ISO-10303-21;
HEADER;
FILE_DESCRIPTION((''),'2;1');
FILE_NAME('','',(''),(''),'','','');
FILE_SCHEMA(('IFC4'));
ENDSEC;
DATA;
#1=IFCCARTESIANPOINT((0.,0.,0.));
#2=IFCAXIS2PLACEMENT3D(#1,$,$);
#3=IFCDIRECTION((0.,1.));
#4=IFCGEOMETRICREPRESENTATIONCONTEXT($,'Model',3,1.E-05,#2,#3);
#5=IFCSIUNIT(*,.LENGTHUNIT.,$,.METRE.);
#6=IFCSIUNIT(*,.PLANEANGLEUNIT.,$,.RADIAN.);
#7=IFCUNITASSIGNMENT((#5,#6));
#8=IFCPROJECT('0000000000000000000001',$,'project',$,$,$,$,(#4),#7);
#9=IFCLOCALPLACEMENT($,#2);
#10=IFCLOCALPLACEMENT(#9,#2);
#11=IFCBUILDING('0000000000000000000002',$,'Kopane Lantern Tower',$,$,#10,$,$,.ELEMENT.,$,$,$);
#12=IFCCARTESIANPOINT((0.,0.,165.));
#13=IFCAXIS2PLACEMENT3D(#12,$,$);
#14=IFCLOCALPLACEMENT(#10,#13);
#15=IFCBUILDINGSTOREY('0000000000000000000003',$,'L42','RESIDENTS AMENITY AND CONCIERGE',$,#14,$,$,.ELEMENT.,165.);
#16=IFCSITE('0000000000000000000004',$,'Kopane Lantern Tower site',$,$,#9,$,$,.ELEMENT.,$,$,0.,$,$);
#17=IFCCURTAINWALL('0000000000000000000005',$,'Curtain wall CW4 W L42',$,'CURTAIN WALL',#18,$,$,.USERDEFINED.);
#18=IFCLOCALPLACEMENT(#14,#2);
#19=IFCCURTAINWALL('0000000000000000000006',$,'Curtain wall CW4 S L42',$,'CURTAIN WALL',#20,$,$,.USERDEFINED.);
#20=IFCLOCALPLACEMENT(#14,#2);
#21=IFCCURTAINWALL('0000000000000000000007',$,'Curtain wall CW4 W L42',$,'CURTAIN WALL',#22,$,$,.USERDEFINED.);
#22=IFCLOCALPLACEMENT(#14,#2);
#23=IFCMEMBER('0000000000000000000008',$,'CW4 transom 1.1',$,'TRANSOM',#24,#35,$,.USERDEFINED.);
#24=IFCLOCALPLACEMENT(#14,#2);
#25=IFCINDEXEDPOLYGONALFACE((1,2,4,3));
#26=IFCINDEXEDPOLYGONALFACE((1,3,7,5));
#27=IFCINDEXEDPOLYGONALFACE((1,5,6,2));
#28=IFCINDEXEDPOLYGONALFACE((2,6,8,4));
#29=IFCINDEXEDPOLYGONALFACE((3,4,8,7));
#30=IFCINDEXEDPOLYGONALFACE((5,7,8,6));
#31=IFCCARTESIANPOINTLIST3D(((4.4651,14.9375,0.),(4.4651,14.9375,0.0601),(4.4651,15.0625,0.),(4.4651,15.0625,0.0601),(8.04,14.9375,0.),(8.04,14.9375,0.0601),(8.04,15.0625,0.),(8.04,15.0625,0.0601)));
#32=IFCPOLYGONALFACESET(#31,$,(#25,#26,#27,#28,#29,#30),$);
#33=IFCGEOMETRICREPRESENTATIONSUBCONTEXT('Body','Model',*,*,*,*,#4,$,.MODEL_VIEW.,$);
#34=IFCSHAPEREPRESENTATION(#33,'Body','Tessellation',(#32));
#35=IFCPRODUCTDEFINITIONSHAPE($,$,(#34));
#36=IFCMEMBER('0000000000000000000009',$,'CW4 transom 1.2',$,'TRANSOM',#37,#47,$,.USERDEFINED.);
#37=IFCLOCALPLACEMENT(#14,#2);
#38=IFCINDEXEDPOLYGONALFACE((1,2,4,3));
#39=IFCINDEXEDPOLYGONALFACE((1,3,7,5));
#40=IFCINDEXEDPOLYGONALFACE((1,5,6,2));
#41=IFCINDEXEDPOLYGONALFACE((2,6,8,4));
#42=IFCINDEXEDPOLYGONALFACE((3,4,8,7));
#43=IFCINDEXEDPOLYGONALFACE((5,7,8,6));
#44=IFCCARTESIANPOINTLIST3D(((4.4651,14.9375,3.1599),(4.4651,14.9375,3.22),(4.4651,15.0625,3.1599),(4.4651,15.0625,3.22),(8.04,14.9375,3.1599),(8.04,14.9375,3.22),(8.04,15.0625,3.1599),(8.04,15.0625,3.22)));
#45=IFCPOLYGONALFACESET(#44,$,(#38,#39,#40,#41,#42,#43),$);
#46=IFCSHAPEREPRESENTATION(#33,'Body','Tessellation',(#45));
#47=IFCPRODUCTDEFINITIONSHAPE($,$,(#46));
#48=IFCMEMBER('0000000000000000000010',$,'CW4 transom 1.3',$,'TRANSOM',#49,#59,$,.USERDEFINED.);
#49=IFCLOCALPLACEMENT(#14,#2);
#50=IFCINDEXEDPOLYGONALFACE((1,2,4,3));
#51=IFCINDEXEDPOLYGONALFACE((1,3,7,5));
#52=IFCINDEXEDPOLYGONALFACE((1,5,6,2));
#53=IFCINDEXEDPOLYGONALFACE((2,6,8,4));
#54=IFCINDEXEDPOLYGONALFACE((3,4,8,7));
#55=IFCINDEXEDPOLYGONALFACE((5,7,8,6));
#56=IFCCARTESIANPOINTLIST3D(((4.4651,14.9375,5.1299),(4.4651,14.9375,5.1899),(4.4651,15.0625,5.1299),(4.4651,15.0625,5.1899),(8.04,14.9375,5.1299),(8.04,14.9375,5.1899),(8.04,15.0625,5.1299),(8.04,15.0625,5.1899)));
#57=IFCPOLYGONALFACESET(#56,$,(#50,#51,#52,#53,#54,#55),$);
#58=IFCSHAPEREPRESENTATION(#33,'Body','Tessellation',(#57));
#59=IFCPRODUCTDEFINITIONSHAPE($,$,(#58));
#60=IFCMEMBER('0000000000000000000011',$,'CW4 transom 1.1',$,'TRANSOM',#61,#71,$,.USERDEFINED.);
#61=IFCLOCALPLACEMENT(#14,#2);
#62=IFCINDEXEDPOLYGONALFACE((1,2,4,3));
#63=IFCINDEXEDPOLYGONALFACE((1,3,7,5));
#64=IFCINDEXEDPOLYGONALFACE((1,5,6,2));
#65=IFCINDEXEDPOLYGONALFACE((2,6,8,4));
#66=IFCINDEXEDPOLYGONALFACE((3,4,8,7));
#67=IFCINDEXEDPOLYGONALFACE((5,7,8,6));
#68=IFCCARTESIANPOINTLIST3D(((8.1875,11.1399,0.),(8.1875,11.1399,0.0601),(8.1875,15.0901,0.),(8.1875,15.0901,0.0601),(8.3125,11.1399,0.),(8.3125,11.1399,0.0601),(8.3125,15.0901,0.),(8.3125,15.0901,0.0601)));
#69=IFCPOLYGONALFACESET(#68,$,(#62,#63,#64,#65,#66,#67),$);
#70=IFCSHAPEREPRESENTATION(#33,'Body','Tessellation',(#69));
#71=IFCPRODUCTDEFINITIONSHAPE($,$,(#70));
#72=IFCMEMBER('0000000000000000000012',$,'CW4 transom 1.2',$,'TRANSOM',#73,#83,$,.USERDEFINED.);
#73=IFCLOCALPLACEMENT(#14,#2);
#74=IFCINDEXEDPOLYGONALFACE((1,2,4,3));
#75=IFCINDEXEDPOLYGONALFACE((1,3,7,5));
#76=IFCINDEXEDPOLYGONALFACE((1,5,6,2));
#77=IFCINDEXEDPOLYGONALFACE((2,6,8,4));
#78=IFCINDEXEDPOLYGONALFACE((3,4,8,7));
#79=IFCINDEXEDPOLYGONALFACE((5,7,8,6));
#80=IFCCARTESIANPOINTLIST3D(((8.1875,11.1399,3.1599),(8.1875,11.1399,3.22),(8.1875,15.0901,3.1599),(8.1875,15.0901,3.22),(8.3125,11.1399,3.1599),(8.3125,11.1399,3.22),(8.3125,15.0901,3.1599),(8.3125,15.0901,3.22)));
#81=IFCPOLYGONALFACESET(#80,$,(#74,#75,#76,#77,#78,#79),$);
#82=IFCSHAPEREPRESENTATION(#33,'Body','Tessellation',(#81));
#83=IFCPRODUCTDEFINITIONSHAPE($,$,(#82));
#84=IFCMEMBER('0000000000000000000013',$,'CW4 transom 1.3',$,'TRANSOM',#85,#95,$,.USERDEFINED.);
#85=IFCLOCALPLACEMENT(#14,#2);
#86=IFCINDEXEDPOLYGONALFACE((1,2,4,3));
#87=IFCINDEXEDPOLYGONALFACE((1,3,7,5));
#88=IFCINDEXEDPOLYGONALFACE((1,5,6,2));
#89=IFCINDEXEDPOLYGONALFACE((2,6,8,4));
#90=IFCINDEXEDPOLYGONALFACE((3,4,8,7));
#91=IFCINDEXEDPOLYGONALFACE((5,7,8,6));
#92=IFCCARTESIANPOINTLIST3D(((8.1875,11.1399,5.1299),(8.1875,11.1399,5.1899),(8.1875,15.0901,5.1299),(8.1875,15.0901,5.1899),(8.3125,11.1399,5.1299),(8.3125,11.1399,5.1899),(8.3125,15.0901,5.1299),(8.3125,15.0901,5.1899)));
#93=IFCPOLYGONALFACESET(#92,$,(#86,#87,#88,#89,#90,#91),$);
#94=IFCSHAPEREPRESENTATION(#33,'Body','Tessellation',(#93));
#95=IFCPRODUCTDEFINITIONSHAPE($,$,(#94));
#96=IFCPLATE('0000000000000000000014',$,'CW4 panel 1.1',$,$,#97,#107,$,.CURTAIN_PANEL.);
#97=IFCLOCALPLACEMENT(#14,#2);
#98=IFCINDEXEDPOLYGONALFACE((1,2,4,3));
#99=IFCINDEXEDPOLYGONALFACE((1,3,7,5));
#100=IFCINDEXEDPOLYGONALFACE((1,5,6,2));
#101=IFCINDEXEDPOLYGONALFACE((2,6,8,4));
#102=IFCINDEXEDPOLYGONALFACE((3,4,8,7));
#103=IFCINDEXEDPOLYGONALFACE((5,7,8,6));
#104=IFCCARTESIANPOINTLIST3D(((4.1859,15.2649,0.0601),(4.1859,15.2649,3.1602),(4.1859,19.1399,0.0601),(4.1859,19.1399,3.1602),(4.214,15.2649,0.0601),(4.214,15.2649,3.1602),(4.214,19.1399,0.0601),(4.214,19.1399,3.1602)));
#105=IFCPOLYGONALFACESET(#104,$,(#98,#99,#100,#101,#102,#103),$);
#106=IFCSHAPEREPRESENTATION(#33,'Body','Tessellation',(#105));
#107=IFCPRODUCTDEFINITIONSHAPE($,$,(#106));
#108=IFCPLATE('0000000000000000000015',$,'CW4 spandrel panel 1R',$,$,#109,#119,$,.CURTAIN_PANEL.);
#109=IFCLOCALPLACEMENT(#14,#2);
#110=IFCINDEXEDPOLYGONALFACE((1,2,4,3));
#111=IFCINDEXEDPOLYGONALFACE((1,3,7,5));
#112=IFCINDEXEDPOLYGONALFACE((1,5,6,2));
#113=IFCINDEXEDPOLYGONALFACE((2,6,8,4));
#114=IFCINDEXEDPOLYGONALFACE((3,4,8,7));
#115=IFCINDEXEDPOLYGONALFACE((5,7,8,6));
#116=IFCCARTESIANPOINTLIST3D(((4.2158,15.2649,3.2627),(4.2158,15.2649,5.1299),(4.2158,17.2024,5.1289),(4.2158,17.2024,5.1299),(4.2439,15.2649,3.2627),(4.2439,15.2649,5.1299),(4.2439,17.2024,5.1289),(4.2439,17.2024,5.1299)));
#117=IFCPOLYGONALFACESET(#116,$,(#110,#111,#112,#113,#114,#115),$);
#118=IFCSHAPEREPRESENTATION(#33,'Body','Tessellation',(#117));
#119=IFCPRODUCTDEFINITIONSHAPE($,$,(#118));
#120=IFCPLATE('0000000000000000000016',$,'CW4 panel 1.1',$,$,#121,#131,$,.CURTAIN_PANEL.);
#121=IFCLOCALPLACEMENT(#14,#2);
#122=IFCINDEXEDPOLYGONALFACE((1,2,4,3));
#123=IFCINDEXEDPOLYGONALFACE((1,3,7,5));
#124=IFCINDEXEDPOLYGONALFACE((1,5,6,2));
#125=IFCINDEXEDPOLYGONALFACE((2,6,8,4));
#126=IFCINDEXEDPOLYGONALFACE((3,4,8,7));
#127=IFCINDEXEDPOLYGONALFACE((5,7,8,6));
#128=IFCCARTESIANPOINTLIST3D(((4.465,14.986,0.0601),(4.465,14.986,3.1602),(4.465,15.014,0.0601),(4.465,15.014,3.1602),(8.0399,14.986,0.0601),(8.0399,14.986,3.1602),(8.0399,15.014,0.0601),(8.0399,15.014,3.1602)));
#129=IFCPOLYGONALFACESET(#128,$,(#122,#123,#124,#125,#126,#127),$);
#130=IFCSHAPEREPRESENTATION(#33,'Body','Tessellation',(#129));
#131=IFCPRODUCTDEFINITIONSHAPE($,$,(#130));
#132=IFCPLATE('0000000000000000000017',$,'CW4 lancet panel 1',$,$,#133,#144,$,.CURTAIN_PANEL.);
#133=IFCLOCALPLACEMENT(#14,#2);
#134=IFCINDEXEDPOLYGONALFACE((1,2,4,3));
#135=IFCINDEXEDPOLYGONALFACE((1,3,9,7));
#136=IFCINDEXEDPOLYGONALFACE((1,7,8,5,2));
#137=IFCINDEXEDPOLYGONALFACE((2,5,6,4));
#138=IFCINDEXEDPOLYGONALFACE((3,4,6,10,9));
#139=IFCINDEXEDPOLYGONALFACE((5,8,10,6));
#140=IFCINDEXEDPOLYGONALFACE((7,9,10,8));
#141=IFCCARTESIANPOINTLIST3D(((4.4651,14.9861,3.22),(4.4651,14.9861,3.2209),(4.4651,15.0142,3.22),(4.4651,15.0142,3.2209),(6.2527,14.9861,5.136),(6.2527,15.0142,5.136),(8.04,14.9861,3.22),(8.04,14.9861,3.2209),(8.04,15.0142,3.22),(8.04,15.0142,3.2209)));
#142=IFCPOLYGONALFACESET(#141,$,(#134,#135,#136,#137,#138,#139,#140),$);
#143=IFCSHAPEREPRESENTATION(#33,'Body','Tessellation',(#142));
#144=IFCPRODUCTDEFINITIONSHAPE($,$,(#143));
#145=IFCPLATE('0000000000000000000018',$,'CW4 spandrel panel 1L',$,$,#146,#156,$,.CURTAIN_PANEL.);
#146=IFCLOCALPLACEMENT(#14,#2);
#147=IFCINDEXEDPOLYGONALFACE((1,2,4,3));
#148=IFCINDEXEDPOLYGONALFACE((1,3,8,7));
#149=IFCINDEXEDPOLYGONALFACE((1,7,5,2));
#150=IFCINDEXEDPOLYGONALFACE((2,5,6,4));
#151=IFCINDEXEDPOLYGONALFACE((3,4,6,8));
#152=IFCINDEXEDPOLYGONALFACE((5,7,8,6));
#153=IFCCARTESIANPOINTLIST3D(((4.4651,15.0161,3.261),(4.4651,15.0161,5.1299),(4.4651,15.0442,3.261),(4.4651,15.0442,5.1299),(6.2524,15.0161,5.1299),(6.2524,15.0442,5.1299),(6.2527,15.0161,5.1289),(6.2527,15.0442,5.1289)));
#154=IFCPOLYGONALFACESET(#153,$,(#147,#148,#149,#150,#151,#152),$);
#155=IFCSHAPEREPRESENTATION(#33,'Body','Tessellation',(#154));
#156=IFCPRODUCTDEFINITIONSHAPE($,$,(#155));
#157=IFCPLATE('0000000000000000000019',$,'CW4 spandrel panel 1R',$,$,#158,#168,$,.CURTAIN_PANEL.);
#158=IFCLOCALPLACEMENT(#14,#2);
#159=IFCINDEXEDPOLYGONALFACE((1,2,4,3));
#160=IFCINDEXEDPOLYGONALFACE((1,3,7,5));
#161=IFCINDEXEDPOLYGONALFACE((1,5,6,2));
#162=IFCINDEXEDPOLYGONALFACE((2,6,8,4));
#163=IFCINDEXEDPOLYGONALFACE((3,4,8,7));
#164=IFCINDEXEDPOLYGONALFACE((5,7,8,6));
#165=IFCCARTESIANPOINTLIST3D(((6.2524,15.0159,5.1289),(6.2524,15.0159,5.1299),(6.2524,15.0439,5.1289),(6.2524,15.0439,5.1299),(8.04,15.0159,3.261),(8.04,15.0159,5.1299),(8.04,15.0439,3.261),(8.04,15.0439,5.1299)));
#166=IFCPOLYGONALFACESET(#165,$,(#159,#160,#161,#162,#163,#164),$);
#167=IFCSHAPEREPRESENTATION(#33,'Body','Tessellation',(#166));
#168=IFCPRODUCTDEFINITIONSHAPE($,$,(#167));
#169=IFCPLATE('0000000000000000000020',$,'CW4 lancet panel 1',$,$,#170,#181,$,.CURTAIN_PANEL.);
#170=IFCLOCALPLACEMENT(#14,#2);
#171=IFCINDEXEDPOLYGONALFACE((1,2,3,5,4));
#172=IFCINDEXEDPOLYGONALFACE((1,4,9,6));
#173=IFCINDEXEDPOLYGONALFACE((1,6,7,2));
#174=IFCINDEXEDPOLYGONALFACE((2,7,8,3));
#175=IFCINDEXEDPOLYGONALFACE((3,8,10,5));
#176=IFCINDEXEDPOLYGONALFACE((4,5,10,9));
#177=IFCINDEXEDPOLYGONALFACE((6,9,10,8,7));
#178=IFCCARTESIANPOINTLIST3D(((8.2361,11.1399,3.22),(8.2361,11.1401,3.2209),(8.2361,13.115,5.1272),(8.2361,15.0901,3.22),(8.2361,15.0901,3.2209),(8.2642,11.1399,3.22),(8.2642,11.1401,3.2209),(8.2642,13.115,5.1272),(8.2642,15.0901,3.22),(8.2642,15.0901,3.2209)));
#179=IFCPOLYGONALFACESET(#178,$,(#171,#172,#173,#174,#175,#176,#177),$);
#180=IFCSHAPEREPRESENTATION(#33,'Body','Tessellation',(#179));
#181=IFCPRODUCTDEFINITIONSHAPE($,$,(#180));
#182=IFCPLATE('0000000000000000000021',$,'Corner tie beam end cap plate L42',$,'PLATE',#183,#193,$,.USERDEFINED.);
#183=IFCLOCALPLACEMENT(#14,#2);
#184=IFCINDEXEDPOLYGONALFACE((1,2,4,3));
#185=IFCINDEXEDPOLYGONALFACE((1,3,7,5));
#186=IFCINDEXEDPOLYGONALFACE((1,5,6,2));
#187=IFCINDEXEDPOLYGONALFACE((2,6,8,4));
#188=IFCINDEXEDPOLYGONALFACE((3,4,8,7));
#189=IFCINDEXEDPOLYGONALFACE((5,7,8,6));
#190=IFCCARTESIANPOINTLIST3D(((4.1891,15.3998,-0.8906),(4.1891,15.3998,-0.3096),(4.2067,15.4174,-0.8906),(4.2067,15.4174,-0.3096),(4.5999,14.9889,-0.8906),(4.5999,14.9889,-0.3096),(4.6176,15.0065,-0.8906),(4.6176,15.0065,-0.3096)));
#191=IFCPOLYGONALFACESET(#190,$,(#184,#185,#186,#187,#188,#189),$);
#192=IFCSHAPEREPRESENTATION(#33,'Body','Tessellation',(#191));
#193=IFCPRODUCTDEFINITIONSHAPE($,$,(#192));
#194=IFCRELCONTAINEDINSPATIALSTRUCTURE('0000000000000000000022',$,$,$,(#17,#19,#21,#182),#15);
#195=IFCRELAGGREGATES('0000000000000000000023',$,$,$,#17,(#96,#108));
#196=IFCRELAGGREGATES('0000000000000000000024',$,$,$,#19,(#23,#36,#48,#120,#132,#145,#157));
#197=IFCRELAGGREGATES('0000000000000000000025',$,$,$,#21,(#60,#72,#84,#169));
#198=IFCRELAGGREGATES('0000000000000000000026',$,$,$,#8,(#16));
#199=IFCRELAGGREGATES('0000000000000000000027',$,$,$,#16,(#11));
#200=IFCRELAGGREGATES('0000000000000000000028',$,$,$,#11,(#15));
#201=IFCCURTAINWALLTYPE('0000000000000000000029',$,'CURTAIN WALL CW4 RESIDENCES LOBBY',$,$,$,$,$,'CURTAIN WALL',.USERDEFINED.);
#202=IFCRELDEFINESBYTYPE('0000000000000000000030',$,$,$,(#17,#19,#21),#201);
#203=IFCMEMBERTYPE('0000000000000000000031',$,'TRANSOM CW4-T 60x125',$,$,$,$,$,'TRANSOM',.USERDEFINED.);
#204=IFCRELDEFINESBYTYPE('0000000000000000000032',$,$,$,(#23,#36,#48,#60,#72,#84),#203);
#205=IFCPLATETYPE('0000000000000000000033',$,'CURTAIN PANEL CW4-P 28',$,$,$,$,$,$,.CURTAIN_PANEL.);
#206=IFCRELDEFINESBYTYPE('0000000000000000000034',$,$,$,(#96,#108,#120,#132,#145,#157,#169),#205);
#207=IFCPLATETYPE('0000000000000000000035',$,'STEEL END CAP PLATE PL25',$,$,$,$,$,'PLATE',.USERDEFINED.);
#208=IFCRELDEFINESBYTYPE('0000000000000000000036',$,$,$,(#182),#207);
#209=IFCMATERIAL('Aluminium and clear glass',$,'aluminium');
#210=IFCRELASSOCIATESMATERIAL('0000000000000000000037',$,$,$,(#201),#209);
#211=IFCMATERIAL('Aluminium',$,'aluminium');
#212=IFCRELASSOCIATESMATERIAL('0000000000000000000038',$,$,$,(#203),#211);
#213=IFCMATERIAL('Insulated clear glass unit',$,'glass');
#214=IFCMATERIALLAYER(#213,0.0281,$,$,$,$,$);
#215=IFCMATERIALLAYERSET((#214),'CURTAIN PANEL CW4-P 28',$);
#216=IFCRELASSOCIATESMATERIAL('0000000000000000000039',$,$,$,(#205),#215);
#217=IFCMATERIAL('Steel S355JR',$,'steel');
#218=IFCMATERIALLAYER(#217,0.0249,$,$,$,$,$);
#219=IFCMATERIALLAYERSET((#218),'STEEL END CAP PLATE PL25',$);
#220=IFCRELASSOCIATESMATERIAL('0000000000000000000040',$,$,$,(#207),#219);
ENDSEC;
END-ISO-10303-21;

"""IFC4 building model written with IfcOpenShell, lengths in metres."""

from ifc_helpers import new_model, si_unit, direction, frame, origin, origin_2d, place, context, subcontext, project, spatial, polyline, rectangle, outline, extrude, material, layer, layer_set, material_profile, profile_set, type_object, element, aggregate, save


model = new_model("IFC4")

# Units and contexts
model_context = context("Model", 3, precision=1e-05, world=origin(), true_north=direction((0.0, 1.0)))
body_context = subcontext(model_context, "Body", "Model", "MODEL_VIEW")
ifc_project = project(units=[si_unit("LENGTHUNIT", "METRE"), si_unit("PLANEANGLEUNIT", "RADIAN")], contexts=[model_context])

# Site, building, storey
site_placement = place(None, origin())
site = spatial("IfcSite", under=ifc_project, at=site_placement, Name="Kopane Lantern Tower site", CompositionType="ELEMENT", RefElevation=0.0)
building_placement = place(site_placement, origin())
building = spatial("IfcBuilding", under=site, at=building_placement, Name="Kopane Lantern Tower", CompositionType="ELEMENT")
storey_placement = place(building_placement, frame((0.0, 0.0, 165.0)))
storey = spatial("IfcBuildingStorey", under=building, at=storey_placement, Name="L42", Description="RESIDENTS AMENITY AND CONCIERGE", CompositionType="ELEMENT", Elevation=165.0)

# Curtain walls
ifc_material_1 = material(Name="Aluminium and clear glass", Category="aluminium")
curtain_wall_type = type_object("IfcCurtainWallType", Name="CURTAIN WALL CW4 RESIDENCES LOBBY", ElementType="CURTAIN WALL", PredefinedType="USERDEFINED", material=ifc_material_1)
curtain_wall_1_placement = place(storey_placement, origin())
curtain_wall_1 = element("IfcCurtainWall", 1, at=curtain_wall_1_placement, inside=storey, type_object=curtain_wall_type, Name="Curtain wall CW4 W L42", ObjectType="CURTAIN WALL", PredefinedType="USERDEFINED")
curtain_wall_2_placement = place(storey_placement, origin())
curtain_wall_2 = element("IfcCurtainWall", 2, at=curtain_wall_2_placement, inside=storey, type_object=curtain_wall_type, Name="Curtain wall CW4 S L42", ObjectType="CURTAIN WALL", PredefinedType="USERDEFINED")

# Curtain wall
curtain_wall_3_placement = place(storey_placement, origin())
curtain_wall_3 = element("IfcCurtainWall", 3, at=curtain_wall_3_placement, inside=storey, type_object=curtain_wall_type, Name="Curtain wall CW4 W L42", ObjectType="CURTAIN WALL", PredefinedType="USERDEFINED")

# Members
ifc_material_2 = material(Name="Aluminium", Category="aluminium")
ifc_material_profile_1 = material_profile(ifc_material_2, rectangle(XDim=0.125, YDim=0.0601, at=origin_2d()), Name="AL 125x60")
ifc_profile_set_1 = profile_set([ifc_material_profile_1], Name="Aluminium")
member_type_1 = type_object("IfcMemberType", Name="TRANSOM CW4-T 60x125", ElementType="TRANSOM", PredefinedType="USERDEFINED", material=ifc_profile_set_1)
member_1_placement = place(storey_placement, frame((4.4651, 15.0, 0.03), z_axis=(1.0, 0.0, 0.0), x_axis=(0.0, 1.0, 0.0)))
member_1 = element("IfcMember", 4, at=member_1_placement, type_object=member_type_1, Name="CW4 transom 1.1", ObjectType="TRANSOM", PredefinedType="USERDEFINED", context=body_context, shape_type="SweptSolid", body=[
    extrude(rectangle(XDim=0.125, YDim=0.0601, at=origin_2d()), origin(), (0.0, 0.0, 1.0), 3.575),
])
member_2_placement = place(storey_placement, frame((4.4651, 15.0, 3.1899), z_axis=(1.0, 0.0, 0.0), x_axis=(0.0, 1.0, 0.0)))
member_2 = element("IfcMember", 5, at=member_2_placement, type_object=member_type_1, Name="CW4 transom 1.2", ObjectType="TRANSOM", PredefinedType="USERDEFINED", context=body_context, shape_type="SweptSolid", body=[
    extrude(rectangle(XDim=0.125, YDim=0.0601, at=origin_2d()), origin(), (0.0, 0.0, 1.0), 3.575),
])
member_3_placement = place(storey_placement, frame((4.4651, 15.0, 5.1599), z_axis=(1.0, 0.0, 0.0), x_axis=(0.0, 1.0, 0.0)))
member_3 = element("IfcMember", 6, at=member_3_placement, type_object=member_type_1, Name="CW4 transom 1.3", ObjectType="TRANSOM", PredefinedType="USERDEFINED", context=body_context, shape_type="SweptSolid", body=[
    extrude(rectangle(XDim=0.125, YDim=0.0601, at=origin_2d()), origin(), (0.0, 0.0, 1.0), 3.575),
])
member_4_placement = place(storey_placement, frame((8.25, 15.0901, 0.03), z_axis=(0.0, -1.0, 0.0), x_axis=(1.0, 0.0, 0.0)))
member_4 = element("IfcMember", 7, at=member_4_placement, type_object=member_type_1, Name="CW4 transom 1.1", ObjectType="TRANSOM", PredefinedType="USERDEFINED", context=body_context, shape_type="SweptSolid", body=[
    extrude(rectangle(XDim=0.125, YDim=0.0601, at=origin_2d()), origin(), (0.0, 0.0, 1.0), 3.9502),
])
member_5_placement = place(storey_placement, frame((8.25, 15.0901, 3.1899), z_axis=(0.0, -1.0, 0.0), x_axis=(1.0, 0.0, 0.0)))
member_5 = element("IfcMember", 8, at=member_5_placement, type_object=member_type_1, Name="CW4 transom 1.2", ObjectType="TRANSOM", PredefinedType="USERDEFINED", context=body_context, shape_type="SweptSolid", body=[
    extrude(rectangle(XDim=0.125, YDim=0.0601, at=origin_2d()), origin(), (0.0, 0.0, 1.0), 3.9502),
])
member_6_placement = place(storey_placement, frame((8.25, 15.0901, 5.1599), z_axis=(0.0, -1.0, 0.0), x_axis=(1.0, 0.0, 0.0)))
member_6 = element("IfcMember", 9, at=member_6_placement, type_object=member_type_1, Name="CW4 transom 1.3", ObjectType="TRANSOM", PredefinedType="USERDEFINED", context=body_context, shape_type="SweptSolid", body=[
    extrude(rectangle(XDim=0.125, YDim=0.0601, at=origin_2d()), origin(), (0.0, 0.0, 1.0), 3.9502),
])

# Plates
ifc_material_3 = material(Name="Insulated clear glass unit", Category="glass")
ifc_layer_1 = layer(ifc_material_3, 0.0281)
ifc_layer_set_1 = layer_set([ifc_layer_1], Name="CURTAIN PANEL CW4-P 28")
plate_type_1 = type_object("IfcPlateType", Name="CURTAIN PANEL CW4-P 28", PredefinedType="CURTAIN_PANEL", material=ifc_layer_set_1)
plate_1_placement = place(storey_placement, frame((4.2, 17.2024, 0.0601), z_axis=(0.0, 0.0, 1.0), x_axis=(0.0, -1.0, 0.0)))
plate_1 = element("IfcPlate", 10, at=plate_1_placement, type_object=plate_type_1, Name="CW4 panel 1.1", PredefinedType="CURTAIN_PANEL", context=body_context, shape_type="SweptSolid", body=[
    extrude(rectangle(XDim=3.875, YDim=0.0281, at=origin_2d()), origin(), (0.0, 0.0, 1.0), 3.1001),
])
plate_2_placement = place(storey_placement, frame((4.23, 15.2649, 5.1299), z_axis=(0.0, 0.0, 1.0), x_axis=(0.0, 1.0, 0.0)))
plate_2 = element("IfcPlate", 11, at=plate_2_placement, type_object=plate_type_1, Name="CW4 spandrel panel 1R", PredefinedType="CURTAIN_PANEL", context=body_context, shape_type="SweptSolid", body=[
    extrude(outline(polyline([(0.0, 0.0), (1.9375, 0.0), (1.9375, -0.001), (0.0, -1.8672), (0.0, 0.0)])), frame((0.0, 0.0142, 0.0), z_axis=(0.0, -1.0, 0.0), x_axis=(1.0, 0.0, 0.0)), (0.0, 0.0, 1.0), 0.0281),
])
aggregate(curtain_wall_1, [plate_1, plate_2])
plate_3_placement = place(storey_placement, frame((6.2524, 15.0, 0.0601), z_axis=(0.0, 0.0, 1.0), x_axis=(1.0, 0.0, 0.0)))
plate_3 = element("IfcPlate", 12, at=plate_3_placement, type_object=plate_type_1, Name="CW4 panel 1.1", PredefinedType="CURTAIN_PANEL", context=body_context, shape_type="SweptSolid", body=[
    extrude(rectangle(XDim=3.575, YDim=0.0281, at=origin_2d()), origin(), (0.0, 0.0, 1.0), 3.1001),
])
plate_4_placement = place(storey_placement, frame((4.4651, 15.0, 3.22), z_axis=(0.0, 0.0, 1.0), x_axis=(1.0, 0.0, 0.0)))
plate_4 = element("IfcPlate", 13, at=plate_4_placement, type_object=plate_type_1, Name="CW4 lancet panel 1", PredefinedType="CURTAIN_PANEL", context=body_context, shape_type="SweptSolid", body=[
    extrude(outline(polyline([(0.0, 0.0), (3.575, 0.0), (3.575, 0.001), (1.7876, 1.916), (0.0, 0.001), (0.0, 0.0)])), frame((0.0, 0.0142, 0.0), z_axis=(0.0, -1.0, 0.0), x_axis=(1.0, 0.0, 0.0)), (0.0, 0.0, 1.0), 0.0281),
])
plate_5_placement = place(storey_placement, frame((4.4651, 15.03, 5.1299), z_axis=(0.0, 0.0, 1.0), x_axis=(1.0, 0.0, 0.0)))
plate_5 = element("IfcPlate", 14, at=plate_5_placement, type_object=plate_type_1, Name="CW4 spandrel panel 1L", PredefinedType="CURTAIN_PANEL", context=body_context, shape_type="SweptSolid", body=[
    extrude(outline(polyline([(0.0, 0.0), (1.7874, 0.0), (1.7876, -0.001), (0.0, -1.8689), (0.0, 0.0)])), frame((0.0, 0.0142, 0.0), z_axis=(0.0, -1.0, 0.0), x_axis=(1.0, 0.0, 0.0)), (0.0, 0.0, 1.0), 0.0281),
])
plate_6_placement = place(storey_placement, frame((8.04, 15.03, 5.1299), z_axis=(0.0, 0.0, 1.0), x_axis=(-1.0, 0.0, 0.0)))
plate_6 = element("IfcPlate", 15, at=plate_6_placement, type_object=plate_type_1, Name="CW4 spandrel panel 1R", PredefinedType="CURTAIN_PANEL", context=body_context, shape_type="SweptSolid", body=[
    extrude(outline(polyline([(0.0, 0.0), (1.7876, 0.0), (1.7876, -0.001), (0.0, -1.8689), (0.0, 0.0)])), frame((0.0, 0.0142, 0.0), z_axis=(0.0, -1.0, 0.0), x_axis=(1.0, 0.0, 0.0)), (0.0, 0.0, 1.0), 0.0281),
])
aggregate(curtain_wall_2, [member_1, member_2, member_3, plate_3, plate_4, plate_5, plate_6])
plate_7_placement = place(storey_placement, frame((8.25, 15.0901, 3.22), z_axis=(0.0, 0.0, 1.0), x_axis=(0.0, -1.0, 0.0)))
plate_7 = element("IfcPlate", 16, at=plate_7_placement, type_object=plate_type_1, Name="CW4 lancet panel 1", PredefinedType="CURTAIN_PANEL", context=body_context, shape_type="SweptSolid", body=[
    extrude(outline(polyline([(0.0, 0.0), (3.9502, 0.0), (3.95, 0.001), (1.9751, 1.9072), (0.0, 0.001), (0.0, 0.0)])), frame((0.0, 0.0142, 0.0), z_axis=(0.0, -1.0, 0.0), x_axis=(1.0, 0.0, 0.0)), (0.0, 0.0, 1.0), 0.0281),
])
aggregate(curtain_wall_3, [member_4, member_5, member_6, plate_7])
ifc_material_4 = material(Name="Steel S355JR", Category="steel")
ifc_layer_2 = layer(ifc_material_4, 0.0249)
ifc_layer_set_2 = layer_set([ifc_layer_2], Name="STEEL END CAP PLATE PL25")
plate_type_2 = type_object("IfcPlateType", Name="STEEL END CAP PLATE PL25", ElementType="PLATE", PredefinedType="USERDEFINED", material=ifc_layer_set_2)
plate_8_placement = place(storey_placement, frame((4.4033, 15.2031, -0.8906), z_axis=(0.0, 0.0, 1.0), x_axis=(-0.707107, -0.707107, 0.0)))
element("IfcPlate", 17, at=plate_8_placement, inside=storey, type_object=plate_type_2, Name="Corner tie beam end cap plate L42", ObjectType="PLATE", PredefinedType="USERDEFINED", context=body_context, shape_type="SweptSolid", body=[
    extrude(rectangle(XDim=0.0249, YDim=0.5811, at=origin_2d()), origin(), (0.0, 0.0, 1.0), 0.5811),
])

save(model, "model.ifc")
